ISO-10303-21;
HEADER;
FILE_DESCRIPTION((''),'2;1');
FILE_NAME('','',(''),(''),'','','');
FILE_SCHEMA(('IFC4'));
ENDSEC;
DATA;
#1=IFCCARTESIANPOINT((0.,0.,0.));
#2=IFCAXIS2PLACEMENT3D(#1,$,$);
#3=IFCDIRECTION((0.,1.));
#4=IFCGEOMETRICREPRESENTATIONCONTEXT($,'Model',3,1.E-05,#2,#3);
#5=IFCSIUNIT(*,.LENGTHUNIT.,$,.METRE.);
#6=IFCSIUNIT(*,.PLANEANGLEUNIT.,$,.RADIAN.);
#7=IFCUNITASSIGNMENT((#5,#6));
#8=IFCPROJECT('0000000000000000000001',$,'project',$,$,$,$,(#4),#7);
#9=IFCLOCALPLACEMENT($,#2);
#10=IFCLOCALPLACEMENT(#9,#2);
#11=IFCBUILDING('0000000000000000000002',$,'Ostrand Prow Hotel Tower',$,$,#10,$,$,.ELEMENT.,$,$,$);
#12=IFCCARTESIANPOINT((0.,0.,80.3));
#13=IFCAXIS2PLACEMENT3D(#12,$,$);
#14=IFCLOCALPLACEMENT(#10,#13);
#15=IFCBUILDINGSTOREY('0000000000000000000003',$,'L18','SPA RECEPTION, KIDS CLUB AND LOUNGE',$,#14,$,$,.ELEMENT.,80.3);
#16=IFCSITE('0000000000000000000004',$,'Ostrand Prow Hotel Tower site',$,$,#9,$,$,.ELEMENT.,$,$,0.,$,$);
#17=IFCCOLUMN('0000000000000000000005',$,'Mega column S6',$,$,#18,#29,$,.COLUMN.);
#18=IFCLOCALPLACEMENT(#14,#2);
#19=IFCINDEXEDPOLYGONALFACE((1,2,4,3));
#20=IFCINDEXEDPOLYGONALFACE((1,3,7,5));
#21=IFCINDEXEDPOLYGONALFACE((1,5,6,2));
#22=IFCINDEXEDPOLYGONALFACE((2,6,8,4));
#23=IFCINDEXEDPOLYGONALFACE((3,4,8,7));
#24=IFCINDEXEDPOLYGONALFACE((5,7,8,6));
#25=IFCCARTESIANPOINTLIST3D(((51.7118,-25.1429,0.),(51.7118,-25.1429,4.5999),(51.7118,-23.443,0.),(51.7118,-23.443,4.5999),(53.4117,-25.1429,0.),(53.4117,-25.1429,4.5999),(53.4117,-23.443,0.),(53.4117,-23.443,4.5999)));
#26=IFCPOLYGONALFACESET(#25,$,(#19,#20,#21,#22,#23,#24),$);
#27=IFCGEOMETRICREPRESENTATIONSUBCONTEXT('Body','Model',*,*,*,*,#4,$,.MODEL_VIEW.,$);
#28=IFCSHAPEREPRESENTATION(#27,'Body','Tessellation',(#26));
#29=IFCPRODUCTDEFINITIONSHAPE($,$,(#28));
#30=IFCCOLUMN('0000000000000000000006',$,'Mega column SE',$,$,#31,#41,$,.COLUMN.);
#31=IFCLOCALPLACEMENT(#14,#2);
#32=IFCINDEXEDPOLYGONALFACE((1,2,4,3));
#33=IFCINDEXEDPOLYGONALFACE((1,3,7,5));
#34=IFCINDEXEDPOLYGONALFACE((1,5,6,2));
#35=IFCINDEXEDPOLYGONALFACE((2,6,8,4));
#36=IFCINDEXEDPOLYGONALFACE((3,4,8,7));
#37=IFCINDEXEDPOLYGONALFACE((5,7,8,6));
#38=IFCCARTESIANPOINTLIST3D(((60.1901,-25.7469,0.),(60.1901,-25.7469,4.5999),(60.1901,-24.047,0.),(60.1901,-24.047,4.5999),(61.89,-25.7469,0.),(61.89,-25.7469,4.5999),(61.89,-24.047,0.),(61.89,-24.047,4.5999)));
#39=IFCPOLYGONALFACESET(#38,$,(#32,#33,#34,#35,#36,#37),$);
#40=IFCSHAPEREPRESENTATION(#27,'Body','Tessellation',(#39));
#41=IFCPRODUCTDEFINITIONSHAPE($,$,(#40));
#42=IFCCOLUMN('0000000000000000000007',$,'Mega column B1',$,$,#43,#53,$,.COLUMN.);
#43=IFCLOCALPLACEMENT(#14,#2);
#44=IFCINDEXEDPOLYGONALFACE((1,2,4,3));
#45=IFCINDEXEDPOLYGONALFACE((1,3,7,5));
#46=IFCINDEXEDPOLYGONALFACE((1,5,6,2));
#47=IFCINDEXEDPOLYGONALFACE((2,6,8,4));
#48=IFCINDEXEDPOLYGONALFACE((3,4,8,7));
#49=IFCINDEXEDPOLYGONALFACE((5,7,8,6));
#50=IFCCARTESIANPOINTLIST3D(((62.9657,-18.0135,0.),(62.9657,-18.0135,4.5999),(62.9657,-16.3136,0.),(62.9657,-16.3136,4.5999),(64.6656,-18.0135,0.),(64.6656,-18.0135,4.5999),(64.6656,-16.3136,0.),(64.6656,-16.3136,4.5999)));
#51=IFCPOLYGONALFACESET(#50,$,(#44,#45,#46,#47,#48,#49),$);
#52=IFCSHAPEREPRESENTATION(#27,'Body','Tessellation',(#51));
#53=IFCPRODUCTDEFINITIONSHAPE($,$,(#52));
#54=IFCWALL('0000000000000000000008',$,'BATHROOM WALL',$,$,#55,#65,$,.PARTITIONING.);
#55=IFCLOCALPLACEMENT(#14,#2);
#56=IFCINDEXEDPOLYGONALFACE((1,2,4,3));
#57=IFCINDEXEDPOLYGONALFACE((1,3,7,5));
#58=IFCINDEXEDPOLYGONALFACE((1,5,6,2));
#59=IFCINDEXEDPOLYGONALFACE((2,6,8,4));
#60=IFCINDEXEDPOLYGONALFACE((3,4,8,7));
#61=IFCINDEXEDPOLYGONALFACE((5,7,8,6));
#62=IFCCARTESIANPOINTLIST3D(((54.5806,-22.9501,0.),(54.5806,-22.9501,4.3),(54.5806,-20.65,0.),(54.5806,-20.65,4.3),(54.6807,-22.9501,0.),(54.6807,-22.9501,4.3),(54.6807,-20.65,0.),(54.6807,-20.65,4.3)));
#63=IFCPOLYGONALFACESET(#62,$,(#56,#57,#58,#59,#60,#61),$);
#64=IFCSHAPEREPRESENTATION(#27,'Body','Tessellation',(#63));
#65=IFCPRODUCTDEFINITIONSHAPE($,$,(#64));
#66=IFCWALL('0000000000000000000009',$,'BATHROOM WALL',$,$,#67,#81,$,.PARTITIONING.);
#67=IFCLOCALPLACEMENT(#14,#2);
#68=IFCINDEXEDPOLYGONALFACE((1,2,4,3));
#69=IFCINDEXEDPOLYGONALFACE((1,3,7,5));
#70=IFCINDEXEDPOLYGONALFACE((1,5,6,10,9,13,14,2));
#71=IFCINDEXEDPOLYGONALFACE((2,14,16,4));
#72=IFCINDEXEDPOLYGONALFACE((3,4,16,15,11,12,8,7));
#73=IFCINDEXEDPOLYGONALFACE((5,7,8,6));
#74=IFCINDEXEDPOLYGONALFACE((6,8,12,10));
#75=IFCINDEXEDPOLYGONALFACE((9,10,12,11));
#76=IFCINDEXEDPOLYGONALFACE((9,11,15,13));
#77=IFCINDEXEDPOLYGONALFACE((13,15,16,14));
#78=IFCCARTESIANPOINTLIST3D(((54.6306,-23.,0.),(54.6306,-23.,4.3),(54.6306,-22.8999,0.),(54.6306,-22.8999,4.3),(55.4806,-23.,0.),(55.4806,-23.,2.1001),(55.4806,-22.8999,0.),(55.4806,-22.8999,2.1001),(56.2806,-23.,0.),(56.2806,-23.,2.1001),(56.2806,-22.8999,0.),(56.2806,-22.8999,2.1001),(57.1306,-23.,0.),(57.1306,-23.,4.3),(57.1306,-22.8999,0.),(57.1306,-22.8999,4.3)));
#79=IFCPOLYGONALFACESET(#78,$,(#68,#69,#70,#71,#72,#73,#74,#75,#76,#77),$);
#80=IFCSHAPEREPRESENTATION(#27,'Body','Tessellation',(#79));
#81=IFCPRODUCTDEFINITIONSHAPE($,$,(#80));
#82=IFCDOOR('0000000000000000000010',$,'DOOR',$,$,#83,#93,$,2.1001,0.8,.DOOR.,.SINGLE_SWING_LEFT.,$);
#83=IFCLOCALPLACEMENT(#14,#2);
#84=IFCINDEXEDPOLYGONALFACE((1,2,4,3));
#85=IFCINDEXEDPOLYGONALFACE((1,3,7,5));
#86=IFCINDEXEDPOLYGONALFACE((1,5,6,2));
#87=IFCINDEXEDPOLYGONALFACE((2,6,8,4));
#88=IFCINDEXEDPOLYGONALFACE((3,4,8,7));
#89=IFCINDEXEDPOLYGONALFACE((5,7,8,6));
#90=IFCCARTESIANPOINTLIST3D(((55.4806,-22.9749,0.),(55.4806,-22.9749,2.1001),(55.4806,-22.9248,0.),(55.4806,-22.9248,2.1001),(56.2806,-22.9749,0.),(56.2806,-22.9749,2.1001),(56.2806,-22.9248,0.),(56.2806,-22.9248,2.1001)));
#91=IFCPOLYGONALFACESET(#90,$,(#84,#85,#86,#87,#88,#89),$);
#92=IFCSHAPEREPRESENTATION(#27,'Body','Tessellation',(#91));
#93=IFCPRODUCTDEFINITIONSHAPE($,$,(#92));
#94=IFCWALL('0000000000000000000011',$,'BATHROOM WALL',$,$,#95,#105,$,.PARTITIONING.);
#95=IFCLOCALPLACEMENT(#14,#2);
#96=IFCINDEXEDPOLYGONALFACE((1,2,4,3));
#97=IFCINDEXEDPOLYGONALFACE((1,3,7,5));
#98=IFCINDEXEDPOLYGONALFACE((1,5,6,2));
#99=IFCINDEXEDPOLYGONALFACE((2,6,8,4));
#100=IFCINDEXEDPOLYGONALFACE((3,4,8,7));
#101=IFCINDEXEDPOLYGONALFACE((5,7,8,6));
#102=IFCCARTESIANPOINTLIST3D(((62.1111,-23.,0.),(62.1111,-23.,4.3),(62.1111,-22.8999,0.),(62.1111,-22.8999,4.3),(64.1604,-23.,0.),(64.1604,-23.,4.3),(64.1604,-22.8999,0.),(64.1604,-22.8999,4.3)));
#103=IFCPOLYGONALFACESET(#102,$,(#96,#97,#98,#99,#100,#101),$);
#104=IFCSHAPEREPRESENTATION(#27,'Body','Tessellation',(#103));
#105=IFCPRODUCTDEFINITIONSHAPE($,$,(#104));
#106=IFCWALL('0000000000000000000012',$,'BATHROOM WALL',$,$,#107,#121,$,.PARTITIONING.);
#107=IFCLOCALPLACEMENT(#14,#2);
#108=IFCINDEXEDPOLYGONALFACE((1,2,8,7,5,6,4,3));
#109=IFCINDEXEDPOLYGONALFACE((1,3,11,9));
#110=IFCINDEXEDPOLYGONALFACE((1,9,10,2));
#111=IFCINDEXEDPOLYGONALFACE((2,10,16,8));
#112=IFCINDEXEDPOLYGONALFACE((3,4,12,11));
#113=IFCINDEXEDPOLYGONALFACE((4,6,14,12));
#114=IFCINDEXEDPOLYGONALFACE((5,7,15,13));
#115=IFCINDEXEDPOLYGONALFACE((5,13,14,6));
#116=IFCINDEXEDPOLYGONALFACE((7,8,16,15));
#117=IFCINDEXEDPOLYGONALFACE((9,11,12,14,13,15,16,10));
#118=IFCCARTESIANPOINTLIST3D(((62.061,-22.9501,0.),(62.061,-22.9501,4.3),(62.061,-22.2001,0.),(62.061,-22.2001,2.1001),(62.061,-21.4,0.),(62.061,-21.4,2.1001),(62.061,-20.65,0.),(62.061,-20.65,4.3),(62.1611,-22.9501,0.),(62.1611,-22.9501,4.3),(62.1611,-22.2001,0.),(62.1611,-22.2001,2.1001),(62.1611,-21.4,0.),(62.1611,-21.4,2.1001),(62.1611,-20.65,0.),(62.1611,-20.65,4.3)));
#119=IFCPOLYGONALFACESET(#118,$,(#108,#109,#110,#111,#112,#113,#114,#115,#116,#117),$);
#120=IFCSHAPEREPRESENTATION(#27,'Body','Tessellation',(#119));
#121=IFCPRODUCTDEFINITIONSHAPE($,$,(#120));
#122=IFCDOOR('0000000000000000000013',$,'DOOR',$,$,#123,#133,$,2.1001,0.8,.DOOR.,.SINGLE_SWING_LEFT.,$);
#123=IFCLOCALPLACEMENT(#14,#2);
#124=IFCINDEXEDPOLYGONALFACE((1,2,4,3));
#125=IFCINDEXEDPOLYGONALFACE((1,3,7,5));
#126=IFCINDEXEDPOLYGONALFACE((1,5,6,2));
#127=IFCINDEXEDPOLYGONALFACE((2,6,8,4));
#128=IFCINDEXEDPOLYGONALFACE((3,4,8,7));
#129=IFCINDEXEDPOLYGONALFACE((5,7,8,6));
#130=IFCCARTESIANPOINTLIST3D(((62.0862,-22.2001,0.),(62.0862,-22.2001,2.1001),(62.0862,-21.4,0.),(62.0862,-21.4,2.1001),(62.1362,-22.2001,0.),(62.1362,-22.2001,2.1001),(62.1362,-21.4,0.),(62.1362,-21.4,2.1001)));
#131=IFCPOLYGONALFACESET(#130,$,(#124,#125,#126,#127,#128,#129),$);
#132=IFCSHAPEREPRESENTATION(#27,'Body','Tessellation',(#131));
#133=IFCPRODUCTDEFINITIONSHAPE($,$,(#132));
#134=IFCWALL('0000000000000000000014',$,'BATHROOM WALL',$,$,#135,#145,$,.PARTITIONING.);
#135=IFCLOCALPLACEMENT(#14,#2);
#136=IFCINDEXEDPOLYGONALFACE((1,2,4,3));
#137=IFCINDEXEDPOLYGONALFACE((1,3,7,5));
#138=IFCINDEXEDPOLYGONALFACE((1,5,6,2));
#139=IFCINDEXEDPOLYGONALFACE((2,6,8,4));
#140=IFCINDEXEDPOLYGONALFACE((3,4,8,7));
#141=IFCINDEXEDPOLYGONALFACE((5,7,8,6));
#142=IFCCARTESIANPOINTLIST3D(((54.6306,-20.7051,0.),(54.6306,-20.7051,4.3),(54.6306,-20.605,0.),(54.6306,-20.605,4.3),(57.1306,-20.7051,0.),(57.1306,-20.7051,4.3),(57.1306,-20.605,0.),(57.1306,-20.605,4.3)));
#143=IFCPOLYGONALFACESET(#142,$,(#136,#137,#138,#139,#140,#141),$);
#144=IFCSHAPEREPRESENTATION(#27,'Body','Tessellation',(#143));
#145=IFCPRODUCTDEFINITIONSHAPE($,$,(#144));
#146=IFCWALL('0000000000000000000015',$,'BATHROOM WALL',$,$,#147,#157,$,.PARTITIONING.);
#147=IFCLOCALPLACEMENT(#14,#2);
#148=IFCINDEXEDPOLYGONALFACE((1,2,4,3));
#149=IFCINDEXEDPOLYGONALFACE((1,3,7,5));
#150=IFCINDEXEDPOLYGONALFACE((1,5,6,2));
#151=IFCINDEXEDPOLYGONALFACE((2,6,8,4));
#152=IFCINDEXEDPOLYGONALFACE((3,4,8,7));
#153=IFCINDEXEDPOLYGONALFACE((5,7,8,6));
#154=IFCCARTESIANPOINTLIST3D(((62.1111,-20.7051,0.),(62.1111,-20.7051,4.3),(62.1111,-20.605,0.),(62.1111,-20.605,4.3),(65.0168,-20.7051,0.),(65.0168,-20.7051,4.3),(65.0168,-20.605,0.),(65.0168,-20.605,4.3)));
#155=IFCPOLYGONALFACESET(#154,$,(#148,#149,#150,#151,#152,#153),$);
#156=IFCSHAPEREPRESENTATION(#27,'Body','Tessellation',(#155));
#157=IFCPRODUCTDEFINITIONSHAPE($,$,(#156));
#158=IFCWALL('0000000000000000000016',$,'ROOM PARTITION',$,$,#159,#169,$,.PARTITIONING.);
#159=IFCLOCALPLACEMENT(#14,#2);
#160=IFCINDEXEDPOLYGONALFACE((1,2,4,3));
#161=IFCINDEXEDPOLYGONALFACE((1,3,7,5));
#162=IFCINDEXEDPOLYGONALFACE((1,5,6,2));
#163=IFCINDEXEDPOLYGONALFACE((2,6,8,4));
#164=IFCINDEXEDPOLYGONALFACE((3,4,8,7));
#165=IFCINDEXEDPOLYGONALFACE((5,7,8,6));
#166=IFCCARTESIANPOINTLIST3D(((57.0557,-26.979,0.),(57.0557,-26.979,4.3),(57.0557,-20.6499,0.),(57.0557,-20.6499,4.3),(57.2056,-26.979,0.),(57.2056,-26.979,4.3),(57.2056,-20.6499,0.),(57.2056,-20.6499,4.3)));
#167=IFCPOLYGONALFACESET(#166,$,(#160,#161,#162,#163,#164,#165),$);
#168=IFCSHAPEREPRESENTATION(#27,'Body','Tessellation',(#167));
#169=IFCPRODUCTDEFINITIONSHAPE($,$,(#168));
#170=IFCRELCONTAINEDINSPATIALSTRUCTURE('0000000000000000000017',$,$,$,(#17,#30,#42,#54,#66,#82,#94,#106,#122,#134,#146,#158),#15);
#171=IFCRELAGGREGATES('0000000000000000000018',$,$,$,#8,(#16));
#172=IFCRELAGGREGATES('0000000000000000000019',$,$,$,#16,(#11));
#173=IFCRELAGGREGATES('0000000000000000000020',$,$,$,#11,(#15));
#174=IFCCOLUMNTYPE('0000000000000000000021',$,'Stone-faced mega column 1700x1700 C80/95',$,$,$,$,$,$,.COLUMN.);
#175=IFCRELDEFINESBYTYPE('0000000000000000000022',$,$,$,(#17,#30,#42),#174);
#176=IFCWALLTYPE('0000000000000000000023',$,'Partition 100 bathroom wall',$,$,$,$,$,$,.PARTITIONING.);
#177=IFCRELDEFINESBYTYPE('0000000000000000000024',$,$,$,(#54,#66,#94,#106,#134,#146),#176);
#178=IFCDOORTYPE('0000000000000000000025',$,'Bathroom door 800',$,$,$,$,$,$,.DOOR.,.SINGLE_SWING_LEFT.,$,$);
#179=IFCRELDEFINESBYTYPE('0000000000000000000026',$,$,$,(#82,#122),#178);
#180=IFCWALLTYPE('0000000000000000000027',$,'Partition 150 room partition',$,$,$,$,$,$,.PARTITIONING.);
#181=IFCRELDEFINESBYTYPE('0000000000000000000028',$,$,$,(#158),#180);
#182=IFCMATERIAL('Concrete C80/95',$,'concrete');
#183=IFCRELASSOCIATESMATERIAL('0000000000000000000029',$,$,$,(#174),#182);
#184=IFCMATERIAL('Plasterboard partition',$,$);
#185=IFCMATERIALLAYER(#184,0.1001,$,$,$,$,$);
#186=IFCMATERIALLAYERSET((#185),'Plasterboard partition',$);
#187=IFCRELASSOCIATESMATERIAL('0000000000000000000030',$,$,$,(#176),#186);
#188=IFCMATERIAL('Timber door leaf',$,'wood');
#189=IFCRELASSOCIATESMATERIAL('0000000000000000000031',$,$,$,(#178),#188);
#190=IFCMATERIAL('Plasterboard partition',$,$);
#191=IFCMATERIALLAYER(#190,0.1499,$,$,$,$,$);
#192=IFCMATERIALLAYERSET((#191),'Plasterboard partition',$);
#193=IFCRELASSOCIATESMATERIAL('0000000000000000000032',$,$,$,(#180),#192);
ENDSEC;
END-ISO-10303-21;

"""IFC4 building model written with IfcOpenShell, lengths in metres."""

from ifc_helpers import new_model, si_unit, direction, frame, frame_2d, origin, origin_2d, place, context, subcontext, project, spatial, rectangle, extrude, material, layer, layer_set, material_profile, profile_set, type_object, element, fill, save


model = new_model("IFC4")

# Units and contexts
model_context = context("Model", 3, precision=1e-05, world=origin(), true_north=direction((0.0, 1.0)))
body_context = subcontext(model_context, "Body", "Model", "MODEL_VIEW")
ifc_project = project(units=[si_unit("LENGTHUNIT", "METRE"), si_unit("PLANEANGLEUNIT", "RADIAN")], contexts=[model_context])

# Site, building, storey
site_placement = place(None, origin())
site = spatial("IfcSite", under=ifc_project, at=site_placement, Name="Ostrand Prow Hotel Tower site", CompositionType="ELEMENT", RefElevation=0.0)
building_placement = place(site_placement, origin())
building = spatial("IfcBuilding", under=site, at=building_placement, Name="Ostrand Prow Hotel Tower", CompositionType="ELEMENT")
storey_placement = place(building_placement, frame((0.0, 0.0, 80.3)))
storey = spatial("IfcBuildingStorey", under=building, at=storey_placement, Name="L18", Description="SPA RECEPTION, KIDS CLUB AND LOUNGE", CompositionType="ELEMENT", Elevation=80.3)

# Columns
ifc_material_1 = material(Name="Concrete C80/95", Category="concrete")
ifc_material_profile = material_profile(ifc_material_1, rectangle(XDim=1.7, YDim=1.7, at=origin_2d()), Name="RC 1700x1700")
ifc_profile_set = profile_set([ifc_material_profile], Name="Concrete C80/95")
column_type = type_object("IfcColumnType", Name="Stone-faced mega column 1700x1700 C80/95", PredefinedType="COLUMN", material=ifc_profile_set)
for number, where, z_axis, x_axis, name in (
    (1, (52.5618, -24.293, 0.0), (0.0, 0.0, 1.0), (1.0, 0.0, 0.0), "Mega column S6"),
    (2, (61.04, -24.897, 0.0), (0.0, 0.0, 1.0), (1.0, 0.0, 0.0), "Mega column SE"),
    (3, (63.8157, -17.1636, 0.0), (0.0, 0.0, 1.0), (1.0, 0.0, 0.0), "Mega column B1"),
):
    element("IfcColumn", number, at=place(storey_placement, frame(where, z_axis=z_axis, x_axis=x_axis)), inside=storey, type_object=column_type, Name=name, PredefinedType="COLUMN", context=body_context, shape_type="SweptSolid", body=[
        extrude(rectangle(XDim=1.7, YDim=1.7, at=origin_2d()), origin(), (0.0, 0.0, 1.0), 4.5999),
    ])

# Wall
ifc_material_2 = material(Name="Plasterboard partition")
ifc_layer_1 = layer(ifc_material_2, 0.1001)
ifc_layer_set_1 = layer_set([ifc_layer_1], Name="Plasterboard partition")
wall_type_1 = type_object("IfcWallType", Name="Partition 100 bathroom wall", PredefinedType="PARTITIONING", material=ifc_layer_set_1)
wall_1_placement = place(storey_placement, frame((54.6306, -22.95, 0.0), z_axis=(0.0, 0.0, 1.0), x_axis=(0.0, 1.0, 0.0)))
element("IfcWall", 4, at=wall_1_placement, inside=storey, type_object=wall_type_1, Name="BATHROOM WALL", PredefinedType="PARTITIONING", context=body_context, shape_type="SweptSolid", body=[
    extrude(rectangle(XDim=2.3, YDim=0.1001, at=frame_2d((1.1499, 0.0))), origin(), (0.0, 0.0, 1.0), 4.3),
])

# Wall, opening, door
wall_2_placement = place(storey_placement, frame((57.1306, -22.95, 0.0), z_axis=(0.0, 0.0, 1.0), x_axis=(-1.0, 0.0, 0.0)))
wall_2 = element("IfcWall", 5, at=wall_2_placement, inside=storey, type_object=wall_type_1, Name="BATHROOM WALL", PredefinedType="PARTITIONING", context=body_context, shape_type="SweptSolid", body=[
    extrude(rectangle(XDim=2.5, YDim=0.1001, at=frame_2d((1.25, 0.0))), origin(), (0.0, 0.0, 1.0), 4.3),
])
opening_1_placement = place(wall_2_placement, frame((0.8501, 0.0, 0.0)))
opening_1 = element("IfcOpeningElement", 6, at=opening_1_placement, cuts=wall_2, PredefinedType="OPENING", context=body_context, shape_type="SweptSolid", body=[
    extrude(rectangle(XDim=0.8, YDim=2.1001, at=frame_2d((0.3999, 1.05))), frame((0.0, 0.0601, 0.0), z_axis=(0.0, -1.0, 0.0), x_axis=(1.0, 0.0, 0.0)), (0.0, 0.0, 1.0), 0.1201),
])
ifc_material_3 = material(Name="Timber door leaf", Category="wood")
door_type_1 = type_object("IfcDoorType", Name="Bathroom door 800", OperationType="SINGLE_SWING_LEFT", PredefinedType="DOOR", material=ifc_material_3)
door_1_placement = place(opening_1_placement, origin())
door_1 = element("IfcDoor", 7, at=door_1_placement, inside=storey, type_object=door_type_1, Name="DOOR", OperationType="SINGLE_SWING_LEFT", OverallHeight=2.1001, OverallWidth=0.8, PredefinedType="DOOR", context=body_context, shape_type="SweptSolid", body=[
    extrude(rectangle(XDim=0.8, YDim=2.1001, at=frame_2d((0.3999, 1.05))), frame((0.0, 0.0249, 0.0), z_axis=(0.0, -1.0, 0.0), x_axis=(1.0, 0.0, 0.0)), (0.0, 0.0, 1.0), 0.05),
])
fill(opening_1, door_1)

# Wall
wall_3_placement = place(storey_placement, frame((64.1604, -22.95, 0.0), z_axis=(0.0, 0.0, 1.0), x_axis=(-1.0, 0.0, 0.0)))
element("IfcWall", 8, at=wall_3_placement, inside=storey, type_object=wall_type_1, Name="BATHROOM WALL", PredefinedType="PARTITIONING", context=body_context, shape_type="SweptSolid", body=[
    extrude(rectangle(XDim=2.0493, YDim=0.1001, at=frame_2d((1.0247, 0.0))), origin(), (0.0, 0.0, 1.0), 4.3),
])

# Wall, opening, door
wall_4_placement = place(storey_placement, frame((62.1111, -22.95, 0.0), z_axis=(0.0, 0.0, 1.0), x_axis=(0.0, 1.0, 0.0)))
wall_4 = element("IfcWall", 9, at=wall_4_placement, inside=storey, type_object=wall_type_1, Name="BATHROOM WALL", PredefinedType="PARTITIONING", context=body_context, shape_type="SweptSolid", body=[
    extrude(rectangle(XDim=2.3, YDim=0.1001, at=frame_2d((1.1499, 0.0))), origin(), (0.0, 0.0, 1.0), 4.3),
])
opening_2_placement = place(wall_4_placement, frame((0.75, 0.0, 0.0)))
opening_2 = element("IfcOpeningElement", 10, at=opening_2_placement, cuts=wall_4, PredefinedType="OPENING", context=body_context, shape_type="SweptSolid", body=[
    extrude(rectangle(XDim=0.8, YDim=2.1001, at=frame_2d((0.3999, 1.05))), frame((0.0, 0.0601, 0.0), z_axis=(0.0, -1.0, 0.0), x_axis=(1.0, 0.0, 0.0)), (0.0, 0.0, 1.0), 0.1201),
])
door_2_placement = place(opening_2_placement, origin())
door_2 = element("IfcDoor", 11, at=door_2_placement, inside=storey, type_object=door_type_1, Name="DOOR", OperationType="SINGLE_SWING_LEFT", OverallHeight=2.1001, OverallWidth=0.8, PredefinedType="DOOR", context=body_context, shape_type="SweptSolid", body=[
    extrude(rectangle(XDim=0.8, YDim=2.1001, at=frame_2d((0.3999, 1.05))), frame((0.0, 0.0249, 0.0), z_axis=(0.0, -1.0, 0.0), x_axis=(1.0, 0.0, 0.0)), (0.0, 0.0, 1.0), 0.05),
])
fill(opening_2, door_2)

# Walls
wall_5_placement = place(storey_placement, frame((54.6306, -20.655, 0.0), z_axis=(0.0, 0.0, 1.0), x_axis=(1.0, 0.0, 0.0)))
element("IfcWall", 12, at=wall_5_placement, inside=storey, type_object=wall_type_1, Name="BATHROOM WALL", PredefinedType="PARTITIONING", context=body_context, shape_type="SweptSolid", body=[
    extrude(rectangle(XDim=2.5, YDim=0.1001, at=frame_2d((1.25, 0.0))), origin(), (0.0, 0.0, 1.0), 4.3),
])
wall_6_placement = place(storey_placement, frame((62.1111, -20.655, 0.0), z_axis=(0.0, 0.0, 1.0), x_axis=(1.0, 0.0, 0.0)))
element("IfcWall", 13, at=wall_6_placement, inside=storey, type_object=wall_type_1, Name="BATHROOM WALL", PredefinedType="PARTITIONING", context=body_context, shape_type="SweptSolid", body=[
    extrude(rectangle(XDim=2.9058, YDim=0.1001, at=frame_2d((1.4529, 0.0))), origin(), (0.0, 0.0, 1.0), 4.3),
])
ifc_material_4 = material(Name="Plasterboard partition")
ifc_layer_2 = layer(ifc_material_4, 0.1499)
ifc_layer_set_2 = layer_set([ifc_layer_2], Name="Plasterboard partition")
wall_type_2 = type_object("IfcWallType", Name="Partition 150 room partition", PredefinedType="PARTITIONING", material=ifc_layer_set_2)
wall_7_placement = place(storey_placement, frame((57.1306, -26.979, 0.0), z_axis=(0.0, 0.0, 1.0), x_axis=(0.0, 1.0, 0.0)))
element("IfcWall", 14, at=wall_7_placement, inside=storey, type_object=wall_type_2, Name="ROOM PARTITION", PredefinedType="PARTITIONING", context=body_context, shape_type="SweptSolid", body=[
    extrude(rectangle(XDim=6.3291, YDim=0.1499, at=frame_2d((3.1646, 0.0))), origin(), (0.0, 0.0, 1.0), 4.3),
])

save(model, "model.ifc")
